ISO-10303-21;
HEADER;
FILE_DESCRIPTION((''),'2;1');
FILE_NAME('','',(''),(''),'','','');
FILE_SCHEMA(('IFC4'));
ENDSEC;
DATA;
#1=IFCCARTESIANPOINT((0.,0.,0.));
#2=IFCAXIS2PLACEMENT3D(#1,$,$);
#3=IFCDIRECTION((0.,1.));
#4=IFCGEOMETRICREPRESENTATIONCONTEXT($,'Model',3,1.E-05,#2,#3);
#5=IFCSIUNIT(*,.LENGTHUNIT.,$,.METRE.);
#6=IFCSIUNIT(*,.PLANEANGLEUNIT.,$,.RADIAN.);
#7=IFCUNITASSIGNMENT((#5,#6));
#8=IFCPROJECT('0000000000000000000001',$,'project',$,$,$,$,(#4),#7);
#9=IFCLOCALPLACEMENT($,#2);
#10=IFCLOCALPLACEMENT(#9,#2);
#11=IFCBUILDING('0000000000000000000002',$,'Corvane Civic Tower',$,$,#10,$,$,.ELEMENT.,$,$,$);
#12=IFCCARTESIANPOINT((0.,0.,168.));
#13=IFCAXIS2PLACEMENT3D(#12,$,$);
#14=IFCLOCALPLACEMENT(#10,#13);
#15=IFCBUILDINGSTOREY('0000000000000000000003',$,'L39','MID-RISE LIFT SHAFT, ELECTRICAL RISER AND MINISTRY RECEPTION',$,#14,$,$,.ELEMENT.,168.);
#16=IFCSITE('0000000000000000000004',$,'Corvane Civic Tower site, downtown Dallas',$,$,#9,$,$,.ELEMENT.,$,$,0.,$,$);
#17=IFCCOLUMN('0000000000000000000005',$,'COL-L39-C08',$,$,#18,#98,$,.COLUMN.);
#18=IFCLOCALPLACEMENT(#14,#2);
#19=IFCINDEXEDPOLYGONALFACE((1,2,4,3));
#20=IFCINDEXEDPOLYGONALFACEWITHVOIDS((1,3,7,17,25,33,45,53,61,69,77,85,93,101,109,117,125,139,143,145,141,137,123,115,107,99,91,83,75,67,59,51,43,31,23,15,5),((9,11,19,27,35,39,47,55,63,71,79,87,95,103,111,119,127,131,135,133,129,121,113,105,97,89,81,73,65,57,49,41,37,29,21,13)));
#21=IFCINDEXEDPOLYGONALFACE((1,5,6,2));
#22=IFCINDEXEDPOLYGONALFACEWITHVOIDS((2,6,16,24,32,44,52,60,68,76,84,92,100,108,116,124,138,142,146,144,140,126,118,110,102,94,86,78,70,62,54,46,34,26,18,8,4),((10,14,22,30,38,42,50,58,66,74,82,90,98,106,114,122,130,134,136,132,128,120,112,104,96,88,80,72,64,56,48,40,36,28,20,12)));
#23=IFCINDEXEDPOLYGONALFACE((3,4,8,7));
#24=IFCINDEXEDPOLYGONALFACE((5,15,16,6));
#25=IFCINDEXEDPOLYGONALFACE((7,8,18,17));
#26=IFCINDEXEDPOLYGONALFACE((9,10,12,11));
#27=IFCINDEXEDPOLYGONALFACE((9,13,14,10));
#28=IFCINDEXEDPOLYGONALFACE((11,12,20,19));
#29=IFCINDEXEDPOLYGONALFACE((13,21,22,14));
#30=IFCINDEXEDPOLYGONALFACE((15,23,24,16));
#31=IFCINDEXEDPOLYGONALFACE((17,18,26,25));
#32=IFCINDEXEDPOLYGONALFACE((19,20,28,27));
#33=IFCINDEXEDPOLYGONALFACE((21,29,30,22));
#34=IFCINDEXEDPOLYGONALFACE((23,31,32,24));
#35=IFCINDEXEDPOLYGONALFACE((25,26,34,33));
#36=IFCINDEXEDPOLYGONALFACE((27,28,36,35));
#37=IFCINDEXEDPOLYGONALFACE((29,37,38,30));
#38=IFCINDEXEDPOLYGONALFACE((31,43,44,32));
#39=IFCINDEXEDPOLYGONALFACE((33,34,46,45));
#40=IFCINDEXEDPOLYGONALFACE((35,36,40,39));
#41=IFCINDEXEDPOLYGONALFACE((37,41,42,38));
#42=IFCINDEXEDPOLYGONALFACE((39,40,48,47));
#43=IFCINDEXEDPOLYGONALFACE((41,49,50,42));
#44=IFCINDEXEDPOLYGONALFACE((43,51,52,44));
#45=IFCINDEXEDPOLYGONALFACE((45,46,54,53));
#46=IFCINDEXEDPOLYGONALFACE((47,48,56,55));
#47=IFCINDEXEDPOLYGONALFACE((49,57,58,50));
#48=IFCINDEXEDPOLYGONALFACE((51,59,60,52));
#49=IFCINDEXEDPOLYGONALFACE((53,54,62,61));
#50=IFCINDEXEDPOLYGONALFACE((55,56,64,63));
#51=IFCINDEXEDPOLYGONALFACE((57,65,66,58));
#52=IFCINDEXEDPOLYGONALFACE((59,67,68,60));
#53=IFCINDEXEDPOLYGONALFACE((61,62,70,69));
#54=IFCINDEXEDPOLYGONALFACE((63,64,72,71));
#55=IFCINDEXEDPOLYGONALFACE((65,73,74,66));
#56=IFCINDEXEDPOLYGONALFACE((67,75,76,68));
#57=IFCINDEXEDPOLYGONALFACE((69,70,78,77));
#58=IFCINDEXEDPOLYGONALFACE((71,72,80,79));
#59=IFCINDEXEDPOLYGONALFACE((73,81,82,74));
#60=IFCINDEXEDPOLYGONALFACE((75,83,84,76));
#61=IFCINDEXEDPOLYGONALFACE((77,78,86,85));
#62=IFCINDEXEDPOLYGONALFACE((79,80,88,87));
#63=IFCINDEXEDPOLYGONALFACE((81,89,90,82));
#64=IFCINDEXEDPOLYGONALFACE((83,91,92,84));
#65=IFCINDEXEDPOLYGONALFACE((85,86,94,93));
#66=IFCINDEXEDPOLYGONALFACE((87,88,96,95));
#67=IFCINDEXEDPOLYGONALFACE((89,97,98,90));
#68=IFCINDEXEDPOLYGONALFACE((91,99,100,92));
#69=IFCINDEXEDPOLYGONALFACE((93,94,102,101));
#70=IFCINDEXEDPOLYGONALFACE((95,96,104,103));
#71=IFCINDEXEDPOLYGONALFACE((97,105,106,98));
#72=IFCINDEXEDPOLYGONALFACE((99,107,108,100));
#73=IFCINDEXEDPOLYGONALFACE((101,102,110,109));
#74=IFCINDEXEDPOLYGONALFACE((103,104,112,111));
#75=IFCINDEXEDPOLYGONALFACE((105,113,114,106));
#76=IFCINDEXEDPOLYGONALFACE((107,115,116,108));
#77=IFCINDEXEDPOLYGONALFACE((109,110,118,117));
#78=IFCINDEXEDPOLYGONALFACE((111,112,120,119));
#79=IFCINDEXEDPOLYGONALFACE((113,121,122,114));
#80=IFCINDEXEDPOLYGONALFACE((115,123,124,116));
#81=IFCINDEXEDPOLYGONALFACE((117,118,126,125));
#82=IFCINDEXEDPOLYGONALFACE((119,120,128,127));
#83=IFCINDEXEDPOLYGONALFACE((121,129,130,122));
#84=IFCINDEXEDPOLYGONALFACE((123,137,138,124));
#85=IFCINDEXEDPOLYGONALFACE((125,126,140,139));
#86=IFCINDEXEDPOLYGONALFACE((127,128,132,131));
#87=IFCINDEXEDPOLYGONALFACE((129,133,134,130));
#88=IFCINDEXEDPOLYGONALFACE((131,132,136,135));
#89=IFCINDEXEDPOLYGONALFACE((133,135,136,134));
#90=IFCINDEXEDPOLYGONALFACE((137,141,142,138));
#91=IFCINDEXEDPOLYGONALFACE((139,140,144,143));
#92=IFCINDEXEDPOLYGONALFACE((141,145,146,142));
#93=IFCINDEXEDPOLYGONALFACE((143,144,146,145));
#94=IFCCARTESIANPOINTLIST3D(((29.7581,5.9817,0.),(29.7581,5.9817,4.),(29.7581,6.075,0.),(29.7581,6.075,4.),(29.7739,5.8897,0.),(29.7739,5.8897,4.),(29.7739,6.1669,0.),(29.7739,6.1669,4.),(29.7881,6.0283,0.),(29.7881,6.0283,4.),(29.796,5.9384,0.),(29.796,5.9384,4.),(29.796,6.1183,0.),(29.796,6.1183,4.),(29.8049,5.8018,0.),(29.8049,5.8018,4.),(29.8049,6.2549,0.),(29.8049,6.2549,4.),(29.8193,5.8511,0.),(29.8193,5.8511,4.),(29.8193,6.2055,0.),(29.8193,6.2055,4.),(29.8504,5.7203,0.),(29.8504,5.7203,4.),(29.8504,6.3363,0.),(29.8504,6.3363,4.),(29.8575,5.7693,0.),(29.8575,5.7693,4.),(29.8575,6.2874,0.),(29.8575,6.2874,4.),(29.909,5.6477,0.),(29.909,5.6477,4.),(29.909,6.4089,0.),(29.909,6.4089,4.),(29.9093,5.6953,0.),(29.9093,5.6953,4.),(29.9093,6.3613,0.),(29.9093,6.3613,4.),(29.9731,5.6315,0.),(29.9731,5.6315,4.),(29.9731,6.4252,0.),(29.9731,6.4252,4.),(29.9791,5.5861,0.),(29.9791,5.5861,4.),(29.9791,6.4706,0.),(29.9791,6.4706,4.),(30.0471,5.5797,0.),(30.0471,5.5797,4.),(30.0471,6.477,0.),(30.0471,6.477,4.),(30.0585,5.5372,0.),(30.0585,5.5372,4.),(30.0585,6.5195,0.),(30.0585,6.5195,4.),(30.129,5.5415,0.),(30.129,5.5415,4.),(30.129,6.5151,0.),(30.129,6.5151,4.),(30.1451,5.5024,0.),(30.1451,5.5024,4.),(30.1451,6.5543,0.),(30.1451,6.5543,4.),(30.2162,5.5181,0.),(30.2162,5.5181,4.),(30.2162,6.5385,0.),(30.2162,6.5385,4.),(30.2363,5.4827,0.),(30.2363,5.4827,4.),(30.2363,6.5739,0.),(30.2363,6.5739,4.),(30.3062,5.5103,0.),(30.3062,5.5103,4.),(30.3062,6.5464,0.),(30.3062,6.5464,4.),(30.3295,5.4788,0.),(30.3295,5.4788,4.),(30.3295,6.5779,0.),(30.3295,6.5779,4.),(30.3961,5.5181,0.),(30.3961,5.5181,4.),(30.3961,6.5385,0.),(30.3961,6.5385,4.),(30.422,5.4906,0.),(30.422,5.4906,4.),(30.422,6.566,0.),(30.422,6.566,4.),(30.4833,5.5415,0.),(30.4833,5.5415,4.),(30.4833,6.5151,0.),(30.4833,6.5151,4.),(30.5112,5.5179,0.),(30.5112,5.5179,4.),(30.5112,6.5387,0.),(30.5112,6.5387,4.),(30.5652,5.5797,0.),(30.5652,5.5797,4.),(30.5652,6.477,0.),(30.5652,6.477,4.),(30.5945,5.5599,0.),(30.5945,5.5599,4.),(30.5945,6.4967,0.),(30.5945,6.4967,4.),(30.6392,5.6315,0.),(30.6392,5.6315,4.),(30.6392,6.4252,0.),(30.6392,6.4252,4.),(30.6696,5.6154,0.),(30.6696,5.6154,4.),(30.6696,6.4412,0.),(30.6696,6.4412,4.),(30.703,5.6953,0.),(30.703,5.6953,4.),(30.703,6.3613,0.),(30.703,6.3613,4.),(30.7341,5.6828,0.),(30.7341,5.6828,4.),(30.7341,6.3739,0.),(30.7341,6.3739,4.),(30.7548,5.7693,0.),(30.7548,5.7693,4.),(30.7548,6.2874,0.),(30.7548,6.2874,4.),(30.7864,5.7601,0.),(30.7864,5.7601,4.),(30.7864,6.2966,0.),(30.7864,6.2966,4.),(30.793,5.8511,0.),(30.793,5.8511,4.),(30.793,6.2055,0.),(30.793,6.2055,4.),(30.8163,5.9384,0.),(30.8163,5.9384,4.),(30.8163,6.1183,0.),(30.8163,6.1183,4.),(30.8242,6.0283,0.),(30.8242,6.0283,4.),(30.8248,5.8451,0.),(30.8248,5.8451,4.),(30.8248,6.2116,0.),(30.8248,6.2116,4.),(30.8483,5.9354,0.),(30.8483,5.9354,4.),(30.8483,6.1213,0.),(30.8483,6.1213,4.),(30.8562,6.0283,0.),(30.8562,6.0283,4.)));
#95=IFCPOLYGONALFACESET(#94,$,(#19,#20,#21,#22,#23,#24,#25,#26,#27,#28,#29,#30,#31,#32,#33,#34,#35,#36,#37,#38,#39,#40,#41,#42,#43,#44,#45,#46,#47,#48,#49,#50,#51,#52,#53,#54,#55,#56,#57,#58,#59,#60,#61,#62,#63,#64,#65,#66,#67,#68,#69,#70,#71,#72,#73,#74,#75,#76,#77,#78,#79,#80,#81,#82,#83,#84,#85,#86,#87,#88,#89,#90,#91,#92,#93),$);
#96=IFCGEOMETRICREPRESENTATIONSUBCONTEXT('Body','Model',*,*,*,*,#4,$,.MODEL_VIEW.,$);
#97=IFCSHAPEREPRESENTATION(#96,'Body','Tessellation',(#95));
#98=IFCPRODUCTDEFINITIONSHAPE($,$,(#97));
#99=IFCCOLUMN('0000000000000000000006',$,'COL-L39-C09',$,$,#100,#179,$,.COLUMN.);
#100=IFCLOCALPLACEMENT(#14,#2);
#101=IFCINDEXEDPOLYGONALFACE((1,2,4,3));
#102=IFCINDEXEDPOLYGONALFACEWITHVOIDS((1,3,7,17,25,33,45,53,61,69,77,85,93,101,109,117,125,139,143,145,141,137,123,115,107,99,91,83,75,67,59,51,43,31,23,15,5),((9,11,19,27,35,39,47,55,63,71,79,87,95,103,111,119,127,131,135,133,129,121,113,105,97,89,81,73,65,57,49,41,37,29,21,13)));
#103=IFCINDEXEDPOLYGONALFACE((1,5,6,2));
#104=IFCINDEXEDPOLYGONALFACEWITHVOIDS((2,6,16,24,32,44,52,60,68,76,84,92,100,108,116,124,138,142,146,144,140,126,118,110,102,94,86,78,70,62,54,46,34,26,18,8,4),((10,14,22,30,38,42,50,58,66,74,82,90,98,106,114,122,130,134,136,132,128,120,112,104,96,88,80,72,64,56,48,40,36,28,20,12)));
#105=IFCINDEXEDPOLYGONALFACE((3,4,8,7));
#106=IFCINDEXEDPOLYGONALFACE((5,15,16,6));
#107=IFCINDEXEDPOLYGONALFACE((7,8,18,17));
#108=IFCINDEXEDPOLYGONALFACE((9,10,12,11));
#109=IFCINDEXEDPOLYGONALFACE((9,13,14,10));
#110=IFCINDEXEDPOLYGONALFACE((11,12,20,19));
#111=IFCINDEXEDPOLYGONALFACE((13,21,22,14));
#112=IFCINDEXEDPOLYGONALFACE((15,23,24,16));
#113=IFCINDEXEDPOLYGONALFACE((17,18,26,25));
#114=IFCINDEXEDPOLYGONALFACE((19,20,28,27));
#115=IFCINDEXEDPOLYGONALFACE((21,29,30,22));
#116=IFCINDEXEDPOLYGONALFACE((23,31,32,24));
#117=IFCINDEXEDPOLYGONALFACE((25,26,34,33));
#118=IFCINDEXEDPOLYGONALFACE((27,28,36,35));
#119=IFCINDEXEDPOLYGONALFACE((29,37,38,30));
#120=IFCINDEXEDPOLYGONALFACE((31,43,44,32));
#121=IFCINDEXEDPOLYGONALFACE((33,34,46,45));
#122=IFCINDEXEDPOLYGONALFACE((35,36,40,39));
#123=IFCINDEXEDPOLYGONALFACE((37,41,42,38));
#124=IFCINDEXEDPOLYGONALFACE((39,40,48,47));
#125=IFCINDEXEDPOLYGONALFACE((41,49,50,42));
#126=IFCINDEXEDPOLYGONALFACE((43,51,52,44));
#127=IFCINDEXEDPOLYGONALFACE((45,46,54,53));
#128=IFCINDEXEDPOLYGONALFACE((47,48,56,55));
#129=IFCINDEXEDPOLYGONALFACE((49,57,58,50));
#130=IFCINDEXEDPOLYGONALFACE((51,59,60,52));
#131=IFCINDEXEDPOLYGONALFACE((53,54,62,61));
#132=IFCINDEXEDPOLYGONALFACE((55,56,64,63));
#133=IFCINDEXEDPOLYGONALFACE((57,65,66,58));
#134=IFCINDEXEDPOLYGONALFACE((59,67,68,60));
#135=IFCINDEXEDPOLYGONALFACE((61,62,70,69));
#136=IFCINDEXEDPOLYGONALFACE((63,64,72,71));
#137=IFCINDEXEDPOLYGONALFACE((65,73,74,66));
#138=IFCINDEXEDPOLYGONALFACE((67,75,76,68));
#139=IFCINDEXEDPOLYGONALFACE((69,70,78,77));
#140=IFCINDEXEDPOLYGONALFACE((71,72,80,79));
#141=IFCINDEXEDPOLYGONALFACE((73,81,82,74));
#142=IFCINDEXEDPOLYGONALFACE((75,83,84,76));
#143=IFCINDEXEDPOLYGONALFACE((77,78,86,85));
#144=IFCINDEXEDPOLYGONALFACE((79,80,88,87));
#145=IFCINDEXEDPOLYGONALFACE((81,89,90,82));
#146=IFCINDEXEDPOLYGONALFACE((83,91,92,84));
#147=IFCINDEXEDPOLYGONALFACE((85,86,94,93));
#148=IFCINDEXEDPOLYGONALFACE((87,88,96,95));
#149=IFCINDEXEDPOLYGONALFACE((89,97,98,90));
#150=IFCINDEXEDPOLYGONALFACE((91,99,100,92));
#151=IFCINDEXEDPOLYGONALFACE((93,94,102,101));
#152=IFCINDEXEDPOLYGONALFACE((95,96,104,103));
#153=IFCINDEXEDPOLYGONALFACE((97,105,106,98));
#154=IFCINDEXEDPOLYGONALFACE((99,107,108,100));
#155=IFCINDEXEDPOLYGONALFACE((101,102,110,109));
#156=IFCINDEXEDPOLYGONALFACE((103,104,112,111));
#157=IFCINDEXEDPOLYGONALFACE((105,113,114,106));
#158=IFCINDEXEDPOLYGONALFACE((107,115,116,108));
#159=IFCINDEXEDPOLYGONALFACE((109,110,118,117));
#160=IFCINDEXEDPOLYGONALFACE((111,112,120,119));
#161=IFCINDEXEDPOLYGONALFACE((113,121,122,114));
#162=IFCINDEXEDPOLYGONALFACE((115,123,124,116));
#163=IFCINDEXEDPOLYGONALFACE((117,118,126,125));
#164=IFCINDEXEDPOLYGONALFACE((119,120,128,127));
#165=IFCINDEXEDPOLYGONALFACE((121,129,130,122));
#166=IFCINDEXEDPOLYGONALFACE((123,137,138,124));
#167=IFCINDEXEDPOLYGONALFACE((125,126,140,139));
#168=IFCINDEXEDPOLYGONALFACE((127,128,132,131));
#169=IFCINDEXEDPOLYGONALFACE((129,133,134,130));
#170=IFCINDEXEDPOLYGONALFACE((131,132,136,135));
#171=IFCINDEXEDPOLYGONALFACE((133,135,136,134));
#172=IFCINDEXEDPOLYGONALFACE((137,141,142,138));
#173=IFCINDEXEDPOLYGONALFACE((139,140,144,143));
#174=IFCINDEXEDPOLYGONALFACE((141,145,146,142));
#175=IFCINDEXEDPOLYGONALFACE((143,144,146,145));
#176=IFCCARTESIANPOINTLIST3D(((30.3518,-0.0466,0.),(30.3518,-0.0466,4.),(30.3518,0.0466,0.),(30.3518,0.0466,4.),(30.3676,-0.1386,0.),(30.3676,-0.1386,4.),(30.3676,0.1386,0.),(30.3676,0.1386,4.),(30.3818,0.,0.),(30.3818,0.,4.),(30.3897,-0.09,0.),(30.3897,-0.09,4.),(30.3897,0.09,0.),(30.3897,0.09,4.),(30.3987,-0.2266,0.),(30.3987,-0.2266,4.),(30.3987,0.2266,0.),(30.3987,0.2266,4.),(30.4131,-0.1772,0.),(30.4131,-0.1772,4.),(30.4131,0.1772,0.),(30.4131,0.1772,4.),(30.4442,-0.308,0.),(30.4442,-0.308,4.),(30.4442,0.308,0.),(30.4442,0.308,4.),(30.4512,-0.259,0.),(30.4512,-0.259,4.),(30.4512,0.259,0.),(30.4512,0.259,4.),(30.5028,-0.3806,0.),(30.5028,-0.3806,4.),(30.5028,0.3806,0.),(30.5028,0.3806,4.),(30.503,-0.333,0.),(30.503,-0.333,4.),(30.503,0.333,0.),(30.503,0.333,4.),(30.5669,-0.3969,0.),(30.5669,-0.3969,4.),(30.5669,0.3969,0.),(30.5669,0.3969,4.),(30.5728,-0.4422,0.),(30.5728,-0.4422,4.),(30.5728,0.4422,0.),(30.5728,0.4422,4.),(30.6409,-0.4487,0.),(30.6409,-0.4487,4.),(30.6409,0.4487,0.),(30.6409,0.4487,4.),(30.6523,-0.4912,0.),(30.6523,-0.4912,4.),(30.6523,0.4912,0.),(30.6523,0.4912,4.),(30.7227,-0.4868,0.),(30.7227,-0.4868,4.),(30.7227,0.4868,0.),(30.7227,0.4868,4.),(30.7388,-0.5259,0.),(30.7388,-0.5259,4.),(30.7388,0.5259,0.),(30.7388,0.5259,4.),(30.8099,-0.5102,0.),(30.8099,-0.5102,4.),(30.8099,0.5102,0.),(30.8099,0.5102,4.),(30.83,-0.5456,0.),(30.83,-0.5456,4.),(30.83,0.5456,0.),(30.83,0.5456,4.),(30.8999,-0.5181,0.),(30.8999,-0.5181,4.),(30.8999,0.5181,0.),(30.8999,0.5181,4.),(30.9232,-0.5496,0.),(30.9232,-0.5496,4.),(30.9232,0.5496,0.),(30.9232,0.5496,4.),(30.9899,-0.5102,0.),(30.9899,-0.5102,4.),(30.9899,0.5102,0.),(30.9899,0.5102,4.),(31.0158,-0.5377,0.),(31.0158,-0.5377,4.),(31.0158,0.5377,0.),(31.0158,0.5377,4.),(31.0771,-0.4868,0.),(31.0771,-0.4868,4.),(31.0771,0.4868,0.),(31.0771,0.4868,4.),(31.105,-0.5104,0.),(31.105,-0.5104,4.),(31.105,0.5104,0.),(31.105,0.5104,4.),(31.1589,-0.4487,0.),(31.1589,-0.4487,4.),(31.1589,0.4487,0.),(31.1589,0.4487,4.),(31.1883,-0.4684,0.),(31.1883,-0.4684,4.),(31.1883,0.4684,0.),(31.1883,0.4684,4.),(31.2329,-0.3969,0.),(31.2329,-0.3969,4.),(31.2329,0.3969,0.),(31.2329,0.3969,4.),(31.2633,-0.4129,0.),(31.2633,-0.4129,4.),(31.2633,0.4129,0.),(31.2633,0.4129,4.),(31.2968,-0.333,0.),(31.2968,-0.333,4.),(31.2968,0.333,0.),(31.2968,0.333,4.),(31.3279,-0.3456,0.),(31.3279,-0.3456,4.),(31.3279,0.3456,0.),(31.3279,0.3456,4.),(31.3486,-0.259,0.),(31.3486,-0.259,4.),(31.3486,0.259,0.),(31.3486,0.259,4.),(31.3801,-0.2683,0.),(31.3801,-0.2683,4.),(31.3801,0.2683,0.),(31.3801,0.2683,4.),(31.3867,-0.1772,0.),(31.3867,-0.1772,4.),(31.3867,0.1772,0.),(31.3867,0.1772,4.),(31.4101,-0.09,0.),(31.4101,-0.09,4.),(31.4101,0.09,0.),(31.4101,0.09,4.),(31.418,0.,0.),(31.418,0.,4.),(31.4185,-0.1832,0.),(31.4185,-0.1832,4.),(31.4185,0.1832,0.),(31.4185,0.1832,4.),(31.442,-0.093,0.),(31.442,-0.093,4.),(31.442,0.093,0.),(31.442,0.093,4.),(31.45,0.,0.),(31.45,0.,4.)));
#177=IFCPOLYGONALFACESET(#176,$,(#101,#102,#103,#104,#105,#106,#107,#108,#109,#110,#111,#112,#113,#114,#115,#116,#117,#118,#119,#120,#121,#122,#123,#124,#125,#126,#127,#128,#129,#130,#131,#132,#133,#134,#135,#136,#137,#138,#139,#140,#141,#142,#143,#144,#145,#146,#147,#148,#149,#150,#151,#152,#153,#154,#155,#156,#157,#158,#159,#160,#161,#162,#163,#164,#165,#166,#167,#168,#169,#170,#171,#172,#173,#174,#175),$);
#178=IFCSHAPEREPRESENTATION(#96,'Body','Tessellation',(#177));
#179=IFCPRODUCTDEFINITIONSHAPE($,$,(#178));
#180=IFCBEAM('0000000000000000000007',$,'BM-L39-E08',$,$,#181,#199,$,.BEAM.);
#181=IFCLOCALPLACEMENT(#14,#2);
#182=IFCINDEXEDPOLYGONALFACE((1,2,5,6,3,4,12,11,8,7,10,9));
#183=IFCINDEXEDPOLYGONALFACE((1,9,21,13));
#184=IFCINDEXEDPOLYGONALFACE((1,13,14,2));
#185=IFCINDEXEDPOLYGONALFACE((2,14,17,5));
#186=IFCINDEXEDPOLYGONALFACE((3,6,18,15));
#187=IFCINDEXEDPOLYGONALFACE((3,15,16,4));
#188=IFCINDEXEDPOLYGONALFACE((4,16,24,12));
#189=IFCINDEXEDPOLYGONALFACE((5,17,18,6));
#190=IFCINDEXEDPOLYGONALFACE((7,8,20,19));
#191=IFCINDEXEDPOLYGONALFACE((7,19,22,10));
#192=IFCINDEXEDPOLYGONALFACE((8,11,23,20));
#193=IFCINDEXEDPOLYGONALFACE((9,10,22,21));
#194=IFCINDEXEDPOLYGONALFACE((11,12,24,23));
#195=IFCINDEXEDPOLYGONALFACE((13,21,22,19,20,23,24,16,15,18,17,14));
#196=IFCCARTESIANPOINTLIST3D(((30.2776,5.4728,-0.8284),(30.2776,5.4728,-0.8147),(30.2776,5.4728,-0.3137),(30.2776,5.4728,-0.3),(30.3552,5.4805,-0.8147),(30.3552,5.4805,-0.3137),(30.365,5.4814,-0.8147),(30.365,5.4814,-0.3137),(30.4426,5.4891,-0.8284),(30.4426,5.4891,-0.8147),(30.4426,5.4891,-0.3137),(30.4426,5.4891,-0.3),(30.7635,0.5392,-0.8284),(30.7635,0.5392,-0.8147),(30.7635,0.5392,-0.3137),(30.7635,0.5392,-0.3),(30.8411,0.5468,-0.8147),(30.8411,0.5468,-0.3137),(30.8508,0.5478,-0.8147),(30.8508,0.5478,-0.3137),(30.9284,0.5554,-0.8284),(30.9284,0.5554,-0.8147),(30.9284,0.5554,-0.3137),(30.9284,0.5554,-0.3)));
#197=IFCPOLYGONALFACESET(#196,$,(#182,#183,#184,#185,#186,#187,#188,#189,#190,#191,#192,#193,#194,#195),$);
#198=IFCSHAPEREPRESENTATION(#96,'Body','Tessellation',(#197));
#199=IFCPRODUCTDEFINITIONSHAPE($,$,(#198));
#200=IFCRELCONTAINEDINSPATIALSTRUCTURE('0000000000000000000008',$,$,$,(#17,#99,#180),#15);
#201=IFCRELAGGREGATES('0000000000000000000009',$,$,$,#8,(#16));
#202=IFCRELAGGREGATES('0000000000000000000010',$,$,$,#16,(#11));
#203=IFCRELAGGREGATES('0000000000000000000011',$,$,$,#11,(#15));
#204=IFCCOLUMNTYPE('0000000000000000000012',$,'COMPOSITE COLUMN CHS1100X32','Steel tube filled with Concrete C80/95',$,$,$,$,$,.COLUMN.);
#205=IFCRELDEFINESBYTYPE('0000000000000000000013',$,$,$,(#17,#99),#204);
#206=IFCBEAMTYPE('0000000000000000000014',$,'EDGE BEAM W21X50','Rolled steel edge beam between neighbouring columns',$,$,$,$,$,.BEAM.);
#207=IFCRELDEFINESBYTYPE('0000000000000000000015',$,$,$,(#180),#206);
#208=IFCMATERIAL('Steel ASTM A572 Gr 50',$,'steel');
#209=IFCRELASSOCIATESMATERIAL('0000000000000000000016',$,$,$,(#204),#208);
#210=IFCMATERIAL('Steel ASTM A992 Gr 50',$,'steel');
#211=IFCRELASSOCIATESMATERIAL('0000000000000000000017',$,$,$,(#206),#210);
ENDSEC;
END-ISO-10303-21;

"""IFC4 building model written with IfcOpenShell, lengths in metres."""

from ifc_helpers import new_model, si_unit, direction, frame, origin, origin_2d, place, context, subcontext, project, spatial, hollow_circle, i_section, extrude, material, material_profile, profile_set, type_object, element, save


model = new_model("IFC4")

# Units and contexts
model_context = context("Model", 3, precision=1e-05, world=origin(), true_north=direction((0.0, 1.0)))
body_context = subcontext(model_context, "Body", "Model", "MODEL_VIEW")
ifc_project = project(units=[si_unit("LENGTHUNIT", "METRE"), si_unit("PLANEANGLEUNIT", "RADIAN")], contexts=[model_context])

# Site, building, storey
site_placement = place(None, origin())
site = spatial("IfcSite", under=ifc_project, at=site_placement, Name="Corvane Civic Tower site, downtown Dallas", CompositionType="ELEMENT", RefElevation=0.0)
building_placement = place(site_placement, origin())
building = spatial("IfcBuilding", under=site, at=building_placement, Name="Corvane Civic Tower", CompositionType="ELEMENT")
storey_placement = place(building_placement, frame((0.0, 0.0, 168.0)))
storey = spatial("IfcBuildingStorey", under=building, at=storey_placement, Name="L39", Description="MID-RISE LIFT SHAFT, ELECTRICAL RISER AND MINISTRY RECEPTION", CompositionType="ELEMENT", Elevation=168.0)

# Columns
ifc_material_1 = material(Name="Steel ASTM A572 Gr 50", Category="steel")
ifc_material_profile_1 = material_profile(ifc_material_1, hollow_circle(Radius=0.55, WallThickness=0.032, at=origin_2d()), Name="CHS1100X32")
ifc_profile_set_1 = profile_set([ifc_material_profile_1], Name="Steel ASTM A572 Gr 50")
column_type = type_object("IfcColumnType", Name="COMPOSITE COLUMN CHS1100X32", Description="Steel tube filled with Concrete C80/95", PredefinedType="COLUMN", material=ifc_profile_set_1)
for number, where, z_axis, x_axis, name in (
    (1, (30.3062, 6.0283, 0.0), (0.0, 0.0, 1.0), (1.0, 0.0, 0.0), "COL-L39-C08"),
    (2, (30.8999, 0.0, 0.0), (0.0, 0.0, 1.0), (1.0, 0.0, 0.0), "COL-L39-C09"),
):
    element("IfcColumn", number, at=place(storey_placement, frame(where, z_axis=z_axis, x_axis=x_axis)), inside=storey, type_object=column_type, Name=name, PredefinedType="COLUMN", context=body_context, shape_type="SweptSolid", body=[
        extrude(hollow_circle(Radius=0.55, WallThickness=0.032, at=origin_2d()), origin(), (0.0, 0.0, 1.0), 4.0),
    ])

# Beam
ifc_material_2 = material(Name="Steel ASTM A992 Gr 50", Category="steel")
ifc_material_profile_2 = material_profile(ifc_material_2, i_section(OverallWidth=0.1658, OverallDepth=0.5283, WebThickness=0.0098, FlangeThickness=0.0137, at=origin_2d()), Name="W21X50")
ifc_profile_set_2 = profile_set([ifc_material_profile_2], Name="Steel ASTM A992 Gr 50")
beam_type_1 = type_object("IfcBeamType", Name="EDGE BEAM W21X50", Description="Rolled steel edge beam between neighbouring columns", PredefinedType="BEAM", material=ifc_profile_set_2)
beam_1_placement = place(storey_placement, frame((30.3601, 5.481, -0.5642), z_axis=(0.098002, -0.995186, 0.0), x_axis=(0.995186, 0.098002, 0.0)))
element("IfcBeam", 3, at=beam_1_placement, inside=storey, type_object=beam_type_1, Name="BM-L39-E08", PredefinedType="BEAM", context=body_context, shape_type="SweptSolid", body=[
    extrude(i_section(OverallWidth=0.1658, OverallDepth=0.5283, WebThickness=0.0098, FlangeThickness=0.0137, at=origin_2d()), origin(), (0.0, 0.0, 1.0), 4.9575),
])

save(model, "model.ifc")
